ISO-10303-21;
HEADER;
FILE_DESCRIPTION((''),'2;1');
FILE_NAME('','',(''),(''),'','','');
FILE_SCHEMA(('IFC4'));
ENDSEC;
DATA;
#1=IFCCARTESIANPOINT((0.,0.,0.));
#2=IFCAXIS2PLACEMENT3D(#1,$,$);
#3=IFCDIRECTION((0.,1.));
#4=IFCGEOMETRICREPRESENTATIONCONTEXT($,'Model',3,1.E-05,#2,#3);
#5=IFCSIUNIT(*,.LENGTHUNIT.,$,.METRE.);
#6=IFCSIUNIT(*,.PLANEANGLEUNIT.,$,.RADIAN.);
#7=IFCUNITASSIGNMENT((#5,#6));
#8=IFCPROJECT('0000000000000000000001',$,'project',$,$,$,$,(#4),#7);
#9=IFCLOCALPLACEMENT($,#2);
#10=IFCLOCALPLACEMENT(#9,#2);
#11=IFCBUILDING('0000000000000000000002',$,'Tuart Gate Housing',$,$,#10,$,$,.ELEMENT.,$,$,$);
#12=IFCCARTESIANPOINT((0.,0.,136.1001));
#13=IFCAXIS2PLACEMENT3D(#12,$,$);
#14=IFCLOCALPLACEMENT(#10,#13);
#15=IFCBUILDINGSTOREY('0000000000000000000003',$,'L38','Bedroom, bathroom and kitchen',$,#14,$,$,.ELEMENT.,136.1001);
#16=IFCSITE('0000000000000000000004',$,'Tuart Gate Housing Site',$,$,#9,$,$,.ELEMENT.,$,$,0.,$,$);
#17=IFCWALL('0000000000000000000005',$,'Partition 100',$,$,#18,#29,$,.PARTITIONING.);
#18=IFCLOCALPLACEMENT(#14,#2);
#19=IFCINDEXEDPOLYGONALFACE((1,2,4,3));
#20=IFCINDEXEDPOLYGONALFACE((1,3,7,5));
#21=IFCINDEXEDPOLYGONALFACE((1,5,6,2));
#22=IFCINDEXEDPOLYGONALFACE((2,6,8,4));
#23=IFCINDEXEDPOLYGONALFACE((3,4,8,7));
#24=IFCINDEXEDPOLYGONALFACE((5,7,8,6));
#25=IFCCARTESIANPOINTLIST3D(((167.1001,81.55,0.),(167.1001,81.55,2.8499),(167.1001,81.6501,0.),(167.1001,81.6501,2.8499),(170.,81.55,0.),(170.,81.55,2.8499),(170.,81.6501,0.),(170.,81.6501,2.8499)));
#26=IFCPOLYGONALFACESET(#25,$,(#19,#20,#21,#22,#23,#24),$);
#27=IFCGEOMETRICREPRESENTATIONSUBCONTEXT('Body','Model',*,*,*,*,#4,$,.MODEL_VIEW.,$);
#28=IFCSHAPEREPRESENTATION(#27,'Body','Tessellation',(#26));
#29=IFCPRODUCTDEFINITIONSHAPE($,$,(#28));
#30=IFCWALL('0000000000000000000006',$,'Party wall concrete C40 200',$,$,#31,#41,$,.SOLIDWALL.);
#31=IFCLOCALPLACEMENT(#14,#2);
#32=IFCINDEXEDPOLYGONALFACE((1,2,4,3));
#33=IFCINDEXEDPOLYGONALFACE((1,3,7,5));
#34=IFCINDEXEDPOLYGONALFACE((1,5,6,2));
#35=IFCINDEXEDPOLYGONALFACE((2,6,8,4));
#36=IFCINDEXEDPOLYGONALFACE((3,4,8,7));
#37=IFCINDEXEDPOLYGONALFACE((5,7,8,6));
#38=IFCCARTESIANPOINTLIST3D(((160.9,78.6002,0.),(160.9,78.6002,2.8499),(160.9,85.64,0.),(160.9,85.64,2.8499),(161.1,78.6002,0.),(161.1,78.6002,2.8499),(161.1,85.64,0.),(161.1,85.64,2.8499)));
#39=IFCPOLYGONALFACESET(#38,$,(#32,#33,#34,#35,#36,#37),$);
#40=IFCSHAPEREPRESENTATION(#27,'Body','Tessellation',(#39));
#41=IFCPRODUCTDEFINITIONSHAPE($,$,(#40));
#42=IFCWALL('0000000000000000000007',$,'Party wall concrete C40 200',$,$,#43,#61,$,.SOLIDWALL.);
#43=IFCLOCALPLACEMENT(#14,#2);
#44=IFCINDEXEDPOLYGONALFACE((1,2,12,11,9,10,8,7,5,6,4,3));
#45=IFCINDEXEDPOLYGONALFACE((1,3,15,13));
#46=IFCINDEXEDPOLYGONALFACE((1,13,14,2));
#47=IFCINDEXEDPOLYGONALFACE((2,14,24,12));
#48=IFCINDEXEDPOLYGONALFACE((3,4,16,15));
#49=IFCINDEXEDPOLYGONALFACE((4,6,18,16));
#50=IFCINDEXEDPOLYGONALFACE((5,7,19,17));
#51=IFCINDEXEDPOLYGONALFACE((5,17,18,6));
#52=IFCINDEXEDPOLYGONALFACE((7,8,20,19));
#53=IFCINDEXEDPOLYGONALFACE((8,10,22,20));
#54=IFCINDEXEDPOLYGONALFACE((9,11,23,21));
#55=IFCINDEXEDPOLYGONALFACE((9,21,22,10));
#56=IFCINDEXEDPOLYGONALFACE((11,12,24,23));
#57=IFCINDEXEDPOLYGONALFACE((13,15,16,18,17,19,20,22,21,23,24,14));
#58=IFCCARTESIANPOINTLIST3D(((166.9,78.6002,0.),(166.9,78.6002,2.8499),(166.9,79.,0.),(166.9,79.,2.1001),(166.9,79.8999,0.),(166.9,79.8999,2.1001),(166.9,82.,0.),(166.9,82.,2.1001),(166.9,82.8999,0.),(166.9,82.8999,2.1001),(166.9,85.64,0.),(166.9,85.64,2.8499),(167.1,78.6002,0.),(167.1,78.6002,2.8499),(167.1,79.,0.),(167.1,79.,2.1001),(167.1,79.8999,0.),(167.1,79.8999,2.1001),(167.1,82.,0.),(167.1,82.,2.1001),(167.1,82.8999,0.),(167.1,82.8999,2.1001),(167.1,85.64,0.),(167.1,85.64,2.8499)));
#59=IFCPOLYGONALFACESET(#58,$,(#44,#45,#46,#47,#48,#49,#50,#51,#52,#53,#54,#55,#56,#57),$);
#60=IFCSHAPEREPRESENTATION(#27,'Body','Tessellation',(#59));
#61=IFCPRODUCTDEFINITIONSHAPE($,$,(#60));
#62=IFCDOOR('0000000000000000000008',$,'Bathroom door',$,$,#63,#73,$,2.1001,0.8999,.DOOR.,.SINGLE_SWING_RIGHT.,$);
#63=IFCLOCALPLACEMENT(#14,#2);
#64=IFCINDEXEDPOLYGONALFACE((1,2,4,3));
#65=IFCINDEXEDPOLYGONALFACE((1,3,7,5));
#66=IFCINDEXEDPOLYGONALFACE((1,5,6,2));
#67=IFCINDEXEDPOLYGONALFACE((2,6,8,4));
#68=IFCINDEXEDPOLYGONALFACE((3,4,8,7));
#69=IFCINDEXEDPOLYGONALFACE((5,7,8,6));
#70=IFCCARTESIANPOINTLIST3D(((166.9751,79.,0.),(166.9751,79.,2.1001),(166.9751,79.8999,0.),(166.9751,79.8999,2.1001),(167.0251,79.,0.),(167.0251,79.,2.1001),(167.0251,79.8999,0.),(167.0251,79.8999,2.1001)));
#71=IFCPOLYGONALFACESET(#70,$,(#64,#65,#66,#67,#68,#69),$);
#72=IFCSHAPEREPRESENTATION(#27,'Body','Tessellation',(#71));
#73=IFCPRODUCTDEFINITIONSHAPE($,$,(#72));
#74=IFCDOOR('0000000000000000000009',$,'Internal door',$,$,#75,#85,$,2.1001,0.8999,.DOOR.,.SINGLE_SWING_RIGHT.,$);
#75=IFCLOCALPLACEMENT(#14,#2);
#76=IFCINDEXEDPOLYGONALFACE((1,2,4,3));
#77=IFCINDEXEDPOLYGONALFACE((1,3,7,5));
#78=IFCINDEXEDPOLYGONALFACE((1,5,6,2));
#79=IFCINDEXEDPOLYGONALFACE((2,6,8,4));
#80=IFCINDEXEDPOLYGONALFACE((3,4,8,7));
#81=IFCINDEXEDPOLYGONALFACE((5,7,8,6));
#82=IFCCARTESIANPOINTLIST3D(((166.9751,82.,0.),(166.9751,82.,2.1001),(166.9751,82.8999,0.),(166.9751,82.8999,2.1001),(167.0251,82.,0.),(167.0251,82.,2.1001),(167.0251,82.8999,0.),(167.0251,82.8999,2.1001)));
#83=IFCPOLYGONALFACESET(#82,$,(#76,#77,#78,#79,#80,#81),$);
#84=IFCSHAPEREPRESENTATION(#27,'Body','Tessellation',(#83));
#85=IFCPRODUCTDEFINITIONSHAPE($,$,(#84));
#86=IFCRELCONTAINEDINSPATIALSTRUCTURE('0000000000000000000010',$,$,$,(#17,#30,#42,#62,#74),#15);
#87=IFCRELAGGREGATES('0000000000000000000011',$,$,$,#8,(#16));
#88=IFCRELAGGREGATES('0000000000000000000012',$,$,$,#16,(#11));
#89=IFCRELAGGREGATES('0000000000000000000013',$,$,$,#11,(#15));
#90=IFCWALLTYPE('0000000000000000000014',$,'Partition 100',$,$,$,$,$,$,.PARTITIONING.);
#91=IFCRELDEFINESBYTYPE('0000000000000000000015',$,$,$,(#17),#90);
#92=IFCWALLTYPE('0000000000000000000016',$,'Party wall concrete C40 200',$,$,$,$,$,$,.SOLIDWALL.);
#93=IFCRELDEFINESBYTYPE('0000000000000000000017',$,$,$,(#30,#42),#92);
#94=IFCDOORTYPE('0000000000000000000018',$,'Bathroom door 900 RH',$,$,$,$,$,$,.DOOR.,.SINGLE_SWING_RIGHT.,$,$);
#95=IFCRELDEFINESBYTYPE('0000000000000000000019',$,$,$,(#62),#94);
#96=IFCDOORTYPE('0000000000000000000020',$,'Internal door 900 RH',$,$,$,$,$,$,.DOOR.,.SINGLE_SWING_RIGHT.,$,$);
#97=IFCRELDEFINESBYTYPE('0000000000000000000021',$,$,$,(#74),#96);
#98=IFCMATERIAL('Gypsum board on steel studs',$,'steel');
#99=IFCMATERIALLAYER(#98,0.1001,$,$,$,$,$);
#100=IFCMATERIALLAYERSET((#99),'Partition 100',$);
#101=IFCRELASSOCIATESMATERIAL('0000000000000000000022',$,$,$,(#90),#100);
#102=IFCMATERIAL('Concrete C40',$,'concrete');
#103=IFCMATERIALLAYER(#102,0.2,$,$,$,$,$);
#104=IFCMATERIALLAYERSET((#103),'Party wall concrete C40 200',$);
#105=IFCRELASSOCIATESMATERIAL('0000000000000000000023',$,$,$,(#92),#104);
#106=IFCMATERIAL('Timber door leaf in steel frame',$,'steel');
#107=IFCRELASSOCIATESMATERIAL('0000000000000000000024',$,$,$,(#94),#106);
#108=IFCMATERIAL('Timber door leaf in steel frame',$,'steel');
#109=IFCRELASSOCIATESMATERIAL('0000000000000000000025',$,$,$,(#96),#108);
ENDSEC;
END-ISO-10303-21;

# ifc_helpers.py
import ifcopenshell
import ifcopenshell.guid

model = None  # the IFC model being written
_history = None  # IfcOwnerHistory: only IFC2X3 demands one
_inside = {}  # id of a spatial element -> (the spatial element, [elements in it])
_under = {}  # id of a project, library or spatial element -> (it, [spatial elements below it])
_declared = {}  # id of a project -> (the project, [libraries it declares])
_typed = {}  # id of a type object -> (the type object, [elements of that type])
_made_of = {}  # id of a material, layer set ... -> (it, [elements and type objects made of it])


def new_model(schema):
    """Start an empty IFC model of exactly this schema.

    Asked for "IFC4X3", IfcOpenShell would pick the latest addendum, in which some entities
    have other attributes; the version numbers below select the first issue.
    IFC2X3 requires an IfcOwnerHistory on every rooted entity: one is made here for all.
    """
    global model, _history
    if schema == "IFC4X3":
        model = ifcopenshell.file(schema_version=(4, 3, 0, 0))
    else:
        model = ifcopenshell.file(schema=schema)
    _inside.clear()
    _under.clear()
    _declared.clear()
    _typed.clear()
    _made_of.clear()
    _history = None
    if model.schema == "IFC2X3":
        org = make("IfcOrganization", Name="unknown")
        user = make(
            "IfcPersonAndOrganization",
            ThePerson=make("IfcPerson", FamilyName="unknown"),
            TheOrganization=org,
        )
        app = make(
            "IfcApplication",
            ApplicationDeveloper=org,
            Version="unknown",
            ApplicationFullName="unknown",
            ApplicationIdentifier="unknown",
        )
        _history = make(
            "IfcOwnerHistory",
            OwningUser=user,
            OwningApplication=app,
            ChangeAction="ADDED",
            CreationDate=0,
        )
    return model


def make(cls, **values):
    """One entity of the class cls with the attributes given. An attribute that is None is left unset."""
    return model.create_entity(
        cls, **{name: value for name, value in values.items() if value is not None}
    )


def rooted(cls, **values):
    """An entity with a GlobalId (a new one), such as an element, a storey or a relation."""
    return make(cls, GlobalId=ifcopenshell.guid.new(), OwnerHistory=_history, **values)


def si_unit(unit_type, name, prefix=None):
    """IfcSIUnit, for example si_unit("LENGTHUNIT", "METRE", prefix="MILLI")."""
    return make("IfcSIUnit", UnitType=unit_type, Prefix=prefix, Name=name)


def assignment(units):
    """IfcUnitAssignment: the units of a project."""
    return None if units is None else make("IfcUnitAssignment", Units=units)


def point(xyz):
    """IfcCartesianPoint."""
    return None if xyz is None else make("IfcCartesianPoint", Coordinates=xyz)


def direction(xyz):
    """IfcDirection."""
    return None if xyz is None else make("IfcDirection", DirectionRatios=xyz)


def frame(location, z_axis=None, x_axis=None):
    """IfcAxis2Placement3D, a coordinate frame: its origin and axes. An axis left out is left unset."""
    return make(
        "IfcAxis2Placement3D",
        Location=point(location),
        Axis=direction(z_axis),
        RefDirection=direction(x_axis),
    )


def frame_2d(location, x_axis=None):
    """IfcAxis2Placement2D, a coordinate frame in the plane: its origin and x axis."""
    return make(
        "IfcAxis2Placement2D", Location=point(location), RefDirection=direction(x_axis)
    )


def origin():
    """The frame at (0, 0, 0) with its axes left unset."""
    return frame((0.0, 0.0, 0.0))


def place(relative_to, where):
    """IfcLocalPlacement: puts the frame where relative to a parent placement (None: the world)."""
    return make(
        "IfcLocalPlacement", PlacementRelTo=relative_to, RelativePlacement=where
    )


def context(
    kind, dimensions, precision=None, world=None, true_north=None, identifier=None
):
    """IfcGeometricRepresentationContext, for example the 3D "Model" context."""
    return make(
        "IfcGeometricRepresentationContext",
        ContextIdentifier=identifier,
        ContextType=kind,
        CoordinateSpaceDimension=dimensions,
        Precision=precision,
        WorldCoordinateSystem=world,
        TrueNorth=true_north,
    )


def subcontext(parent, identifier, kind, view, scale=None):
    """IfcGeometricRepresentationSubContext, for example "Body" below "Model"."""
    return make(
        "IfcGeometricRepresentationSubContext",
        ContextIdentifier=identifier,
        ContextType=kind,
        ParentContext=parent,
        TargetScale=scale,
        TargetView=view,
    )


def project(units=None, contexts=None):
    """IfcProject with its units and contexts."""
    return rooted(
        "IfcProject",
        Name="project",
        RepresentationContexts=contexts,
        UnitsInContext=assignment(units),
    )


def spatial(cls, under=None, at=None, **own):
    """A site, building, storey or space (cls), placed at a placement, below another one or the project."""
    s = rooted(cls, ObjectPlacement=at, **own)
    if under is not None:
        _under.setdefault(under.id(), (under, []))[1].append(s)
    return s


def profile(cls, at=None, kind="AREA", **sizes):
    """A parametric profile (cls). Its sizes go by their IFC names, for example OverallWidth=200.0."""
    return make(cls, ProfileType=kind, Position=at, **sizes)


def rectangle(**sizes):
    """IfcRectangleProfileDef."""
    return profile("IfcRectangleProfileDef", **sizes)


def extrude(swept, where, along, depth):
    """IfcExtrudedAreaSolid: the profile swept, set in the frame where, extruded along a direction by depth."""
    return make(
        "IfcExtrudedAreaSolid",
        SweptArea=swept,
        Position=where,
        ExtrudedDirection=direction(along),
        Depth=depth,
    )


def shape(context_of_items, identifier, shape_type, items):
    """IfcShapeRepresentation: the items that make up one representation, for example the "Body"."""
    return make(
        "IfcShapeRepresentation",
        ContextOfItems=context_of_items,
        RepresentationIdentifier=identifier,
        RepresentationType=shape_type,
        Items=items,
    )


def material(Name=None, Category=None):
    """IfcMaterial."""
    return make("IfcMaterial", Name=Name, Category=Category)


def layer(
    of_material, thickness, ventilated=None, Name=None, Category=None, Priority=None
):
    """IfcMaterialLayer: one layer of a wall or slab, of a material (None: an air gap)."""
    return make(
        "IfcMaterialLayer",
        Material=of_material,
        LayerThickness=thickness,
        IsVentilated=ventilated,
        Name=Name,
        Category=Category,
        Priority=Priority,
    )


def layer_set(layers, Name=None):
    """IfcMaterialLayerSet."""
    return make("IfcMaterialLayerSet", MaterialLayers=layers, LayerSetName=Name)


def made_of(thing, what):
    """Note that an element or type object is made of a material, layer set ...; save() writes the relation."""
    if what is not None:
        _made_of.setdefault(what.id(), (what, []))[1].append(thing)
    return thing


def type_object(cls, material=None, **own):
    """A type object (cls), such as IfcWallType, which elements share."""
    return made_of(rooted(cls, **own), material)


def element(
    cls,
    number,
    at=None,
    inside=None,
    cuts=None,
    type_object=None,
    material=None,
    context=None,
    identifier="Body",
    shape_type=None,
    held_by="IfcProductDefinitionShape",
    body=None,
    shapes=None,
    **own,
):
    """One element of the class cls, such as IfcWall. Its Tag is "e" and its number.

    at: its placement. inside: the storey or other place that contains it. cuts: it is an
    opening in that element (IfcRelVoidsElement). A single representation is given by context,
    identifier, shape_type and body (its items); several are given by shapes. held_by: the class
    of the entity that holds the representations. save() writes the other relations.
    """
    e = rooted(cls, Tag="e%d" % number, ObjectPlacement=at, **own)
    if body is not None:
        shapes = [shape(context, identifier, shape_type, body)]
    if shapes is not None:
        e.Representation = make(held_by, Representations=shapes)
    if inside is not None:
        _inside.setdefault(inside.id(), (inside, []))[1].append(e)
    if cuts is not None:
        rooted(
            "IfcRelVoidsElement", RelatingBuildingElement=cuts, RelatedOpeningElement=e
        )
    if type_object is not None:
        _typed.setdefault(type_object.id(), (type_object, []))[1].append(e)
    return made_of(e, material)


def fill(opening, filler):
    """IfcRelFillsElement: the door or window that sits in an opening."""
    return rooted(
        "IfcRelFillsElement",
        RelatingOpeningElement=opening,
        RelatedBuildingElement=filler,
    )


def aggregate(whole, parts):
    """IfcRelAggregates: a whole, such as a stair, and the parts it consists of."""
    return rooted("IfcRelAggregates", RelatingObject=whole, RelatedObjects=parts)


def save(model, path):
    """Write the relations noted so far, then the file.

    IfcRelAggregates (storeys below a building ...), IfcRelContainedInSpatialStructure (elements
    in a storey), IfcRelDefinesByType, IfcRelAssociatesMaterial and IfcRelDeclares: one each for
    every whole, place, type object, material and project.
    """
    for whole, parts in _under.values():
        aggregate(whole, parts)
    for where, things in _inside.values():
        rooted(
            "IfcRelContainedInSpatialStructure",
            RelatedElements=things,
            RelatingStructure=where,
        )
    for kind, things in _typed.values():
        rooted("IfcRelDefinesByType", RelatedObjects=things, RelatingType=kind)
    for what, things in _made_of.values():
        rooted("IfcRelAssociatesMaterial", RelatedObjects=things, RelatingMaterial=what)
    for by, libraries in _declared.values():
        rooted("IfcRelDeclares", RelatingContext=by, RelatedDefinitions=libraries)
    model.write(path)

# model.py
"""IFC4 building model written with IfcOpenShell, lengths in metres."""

from ifc_helpers import new_model, si_unit, direction, frame, frame_2d, origin, place, context, subcontext, project, spatial, rectangle, extrude, material, layer, layer_set, type_object, element, fill, save


model = new_model("IFC4")

# Units and contexts
model_context = context("Model", 3, precision=1e-05, world=origin(), true_north=direction((0.0, 1.0)))
body_context = subcontext(model_context, "Body", "Model", "MODEL_VIEW")
ifc_project = project(units=[si_unit("LENGTHUNIT", "METRE"), si_unit("PLANEANGLEUNIT", "RADIAN")], contexts=[model_context])

# Site, building, storey
site_placement = place(None, origin())
site = spatial("IfcSite", under=ifc_project, at=site_placement, Name="Tuart Gate Housing Site", CompositionType="ELEMENT", RefElevation=0.0)
building_placement = place(site_placement, origin())
building = spatial("IfcBuilding", under=site, at=building_placement, Name="Tuart Gate Housing", CompositionType="ELEMENT")
storey_placement = place(building_placement, frame((0.0, 0.0, 136.1001)))
storey = spatial("IfcBuildingStorey", under=building, at=storey_placement, Name="L38", Description="Bedroom, bathroom and kitchen", CompositionType="ELEMENT", Elevation=136.1001)

# Walls
ifc_material_1 = material(Name="Gypsum board on steel studs", Category="steel")
ifc_layer_1 = layer(ifc_material_1, 0.1001)
ifc_layer_set_1 = layer_set([ifc_layer_1], Name="Partition 100")
wall_type_1 = type_object("IfcWallType", Name="Partition 100", PredefinedType="PARTITIONING", material=ifc_layer_set_1)
wall_1_placement = place(storey_placement, frame((167.1001, 81.6001, 0.0), z_axis=(0.0, 0.0, 1.0), x_axis=(1.0, 0.0, 0.0)))
element("IfcWall", 1, at=wall_1_placement, inside=storey, type_object=wall_type_1, Name="Partition 100", PredefinedType="PARTITIONING", context=body_context, shape_type="SweptSolid", body=[
    extrude(rectangle(XDim=2.8999, YDim=0.1001, at=frame_2d((1.45, 0.0))), origin(), (0.0, 0.0, 1.0), 2.8499),
])
ifc_material_2 = material(Name="Concrete C40", Category="concrete")
ifc_layer_2 = layer(ifc_material_2, 0.2)
ifc_layer_set_2 = layer_set([ifc_layer_2], Name="Party wall concrete C40 200")
wall_type_2 = type_object("IfcWallType", Name="Party wall concrete C40 200", PredefinedType="SOLIDWALL", material=ifc_layer_set_2)
wall_2_placement = place(storey_placement, frame((161.0, 78.6001, 0.0), z_axis=(0.0, 0.0, 1.0), x_axis=(0.0, 1.0, 0.0)))
element("IfcWall", 2, at=wall_2_placement, inside=storey, type_object=wall_type_2, Name="Party wall concrete C40 200", PredefinedType="SOLIDWALL", context=body_context, shape_type="SweptSolid", body=[
    extrude(rectangle(XDim=7.0398, YDim=0.2, at=frame_2d((3.52, 0.0))), origin(), (0.0, 0.0, 1.0), 2.8499),
])

# Wall, openings, doors
wall_3_placement = place(storey_placement, frame((167.0, 78.6001, 0.0), z_axis=(0.0, 0.0, 1.0), x_axis=(0.0, 1.0, 0.0)))
wall_3 = element("IfcWall", 3, at=wall_3_placement, inside=storey, type_object=wall_type_2, Name="Party wall concrete C40 200", PredefinedType="SOLIDWALL", context=body_context, shape_type="SweptSolid", body=[
    extrude(rectangle(XDim=7.0398, YDim=0.2, at=frame_2d((3.52, 0.0))), origin(), (0.0, 0.0, 1.0), 2.8499),
])
opening_1_placement = place(wall_3_placement, frame((3.3999, 0.0, 0.0)))
opening_1 = element("IfcOpeningElement", 4, at=opening_1_placement, cuts=wall_3, PredefinedType="OPENING", context=body_context, shape_type="SweptSolid", body=[
    extrude(rectangle(XDim=0.8999, YDim=2.1001, at=frame_2d((0.45, 1.05))), frame((0.0, 0.1099, 0.0), z_axis=(0.0, -1.0, 0.0), x_axis=(1.0, 0.0, 0.0)), (0.0, 0.0, 1.0), 0.22),
])
opening_2_placement = place(wall_3_placement, frame((0.3999, 0.0, 0.0)))
opening_2 = element("IfcOpeningElement", 5, at=opening_2_placement, cuts=wall_3, PredefinedType="OPENING", context=body_context, shape_type="SweptSolid", body=[
    extrude(rectangle(XDim=0.8999, YDim=2.1001, at=frame_2d((0.45, 1.05))), frame((0.0, 0.1099, 0.0), z_axis=(0.0, -1.0, 0.0), x_axis=(1.0, 0.0, 0.0)), (0.0, 0.0, 1.0), 0.22),
])
ifc_material_3 = material(Name="Timber door leaf in steel frame", Category="steel")
door_type_1 = type_object("IfcDoorType", Name="Bathroom door 900 RH", OperationType="SINGLE_SWING_RIGHT", PredefinedType="DOOR", material=ifc_material_3)
door_1_placement = place(opening_2_placement, frame((0.8999, 0.0, 0.0), z_axis=(0.0, 0.0, 1.0), x_axis=(-1.0, 0.0, 0.0)))
door_1 = element("IfcDoor", 6, at=door_1_placement, inside=storey, type_object=door_type_1, Name="Bathroom door", OperationType="SINGLE_SWING_RIGHT", OverallHeight=2.1001, OverallWidth=0.8999, PredefinedType="DOOR", context=body_context, shape_type="SweptSolid", body=[
    extrude(rectangle(XDim=0.8999, YDim=2.1001, at=frame_2d((0.45, 1.05))), frame((0.0, 0.0251, 0.0), z_axis=(0.0, -1.0, 0.0), x_axis=(1.0, 0.0, 0.0)), (0.0, 0.0, 1.0), 0.05),
])
fill(opening_2, door_1)
ifc_material_4 = material(Name="Timber door leaf in steel frame", Category="steel")
door_type_2 = type_object("IfcDoorType", Name="Internal door 900 RH", OperationType="SINGLE_SWING_RIGHT", PredefinedType="DOOR", material=ifc_material_4)
door_2_placement = place(opening_1_placement, frame((0.8999, 0.0, 0.0), z_axis=(0.0, 0.0, 1.0), x_axis=(-1.0, 0.0, 0.0)))
door_2 = element("IfcDoor", 7, at=door_2_placement, inside=storey, type_object=door_type_2, Name="Internal door", OperationType="SINGLE_SWING_RIGHT", OverallHeight=2.1001, OverallWidth=0.8999, PredefinedType="DOOR", context=body_context, shape_type="SweptSolid", body=[
    extrude(rectangle(XDim=0.8999, YDim=2.1001, at=frame_2d((0.45, 1.05))), frame((0.0, 0.0251, 0.0), z_axis=(0.0, -1.0, 0.0), x_axis=(1.0, 0.0, 0.0)), (0.0, 0.0, 1.0), 0.05),
])
fill(opening_1, door_2)

save(model, "model.ifc")
